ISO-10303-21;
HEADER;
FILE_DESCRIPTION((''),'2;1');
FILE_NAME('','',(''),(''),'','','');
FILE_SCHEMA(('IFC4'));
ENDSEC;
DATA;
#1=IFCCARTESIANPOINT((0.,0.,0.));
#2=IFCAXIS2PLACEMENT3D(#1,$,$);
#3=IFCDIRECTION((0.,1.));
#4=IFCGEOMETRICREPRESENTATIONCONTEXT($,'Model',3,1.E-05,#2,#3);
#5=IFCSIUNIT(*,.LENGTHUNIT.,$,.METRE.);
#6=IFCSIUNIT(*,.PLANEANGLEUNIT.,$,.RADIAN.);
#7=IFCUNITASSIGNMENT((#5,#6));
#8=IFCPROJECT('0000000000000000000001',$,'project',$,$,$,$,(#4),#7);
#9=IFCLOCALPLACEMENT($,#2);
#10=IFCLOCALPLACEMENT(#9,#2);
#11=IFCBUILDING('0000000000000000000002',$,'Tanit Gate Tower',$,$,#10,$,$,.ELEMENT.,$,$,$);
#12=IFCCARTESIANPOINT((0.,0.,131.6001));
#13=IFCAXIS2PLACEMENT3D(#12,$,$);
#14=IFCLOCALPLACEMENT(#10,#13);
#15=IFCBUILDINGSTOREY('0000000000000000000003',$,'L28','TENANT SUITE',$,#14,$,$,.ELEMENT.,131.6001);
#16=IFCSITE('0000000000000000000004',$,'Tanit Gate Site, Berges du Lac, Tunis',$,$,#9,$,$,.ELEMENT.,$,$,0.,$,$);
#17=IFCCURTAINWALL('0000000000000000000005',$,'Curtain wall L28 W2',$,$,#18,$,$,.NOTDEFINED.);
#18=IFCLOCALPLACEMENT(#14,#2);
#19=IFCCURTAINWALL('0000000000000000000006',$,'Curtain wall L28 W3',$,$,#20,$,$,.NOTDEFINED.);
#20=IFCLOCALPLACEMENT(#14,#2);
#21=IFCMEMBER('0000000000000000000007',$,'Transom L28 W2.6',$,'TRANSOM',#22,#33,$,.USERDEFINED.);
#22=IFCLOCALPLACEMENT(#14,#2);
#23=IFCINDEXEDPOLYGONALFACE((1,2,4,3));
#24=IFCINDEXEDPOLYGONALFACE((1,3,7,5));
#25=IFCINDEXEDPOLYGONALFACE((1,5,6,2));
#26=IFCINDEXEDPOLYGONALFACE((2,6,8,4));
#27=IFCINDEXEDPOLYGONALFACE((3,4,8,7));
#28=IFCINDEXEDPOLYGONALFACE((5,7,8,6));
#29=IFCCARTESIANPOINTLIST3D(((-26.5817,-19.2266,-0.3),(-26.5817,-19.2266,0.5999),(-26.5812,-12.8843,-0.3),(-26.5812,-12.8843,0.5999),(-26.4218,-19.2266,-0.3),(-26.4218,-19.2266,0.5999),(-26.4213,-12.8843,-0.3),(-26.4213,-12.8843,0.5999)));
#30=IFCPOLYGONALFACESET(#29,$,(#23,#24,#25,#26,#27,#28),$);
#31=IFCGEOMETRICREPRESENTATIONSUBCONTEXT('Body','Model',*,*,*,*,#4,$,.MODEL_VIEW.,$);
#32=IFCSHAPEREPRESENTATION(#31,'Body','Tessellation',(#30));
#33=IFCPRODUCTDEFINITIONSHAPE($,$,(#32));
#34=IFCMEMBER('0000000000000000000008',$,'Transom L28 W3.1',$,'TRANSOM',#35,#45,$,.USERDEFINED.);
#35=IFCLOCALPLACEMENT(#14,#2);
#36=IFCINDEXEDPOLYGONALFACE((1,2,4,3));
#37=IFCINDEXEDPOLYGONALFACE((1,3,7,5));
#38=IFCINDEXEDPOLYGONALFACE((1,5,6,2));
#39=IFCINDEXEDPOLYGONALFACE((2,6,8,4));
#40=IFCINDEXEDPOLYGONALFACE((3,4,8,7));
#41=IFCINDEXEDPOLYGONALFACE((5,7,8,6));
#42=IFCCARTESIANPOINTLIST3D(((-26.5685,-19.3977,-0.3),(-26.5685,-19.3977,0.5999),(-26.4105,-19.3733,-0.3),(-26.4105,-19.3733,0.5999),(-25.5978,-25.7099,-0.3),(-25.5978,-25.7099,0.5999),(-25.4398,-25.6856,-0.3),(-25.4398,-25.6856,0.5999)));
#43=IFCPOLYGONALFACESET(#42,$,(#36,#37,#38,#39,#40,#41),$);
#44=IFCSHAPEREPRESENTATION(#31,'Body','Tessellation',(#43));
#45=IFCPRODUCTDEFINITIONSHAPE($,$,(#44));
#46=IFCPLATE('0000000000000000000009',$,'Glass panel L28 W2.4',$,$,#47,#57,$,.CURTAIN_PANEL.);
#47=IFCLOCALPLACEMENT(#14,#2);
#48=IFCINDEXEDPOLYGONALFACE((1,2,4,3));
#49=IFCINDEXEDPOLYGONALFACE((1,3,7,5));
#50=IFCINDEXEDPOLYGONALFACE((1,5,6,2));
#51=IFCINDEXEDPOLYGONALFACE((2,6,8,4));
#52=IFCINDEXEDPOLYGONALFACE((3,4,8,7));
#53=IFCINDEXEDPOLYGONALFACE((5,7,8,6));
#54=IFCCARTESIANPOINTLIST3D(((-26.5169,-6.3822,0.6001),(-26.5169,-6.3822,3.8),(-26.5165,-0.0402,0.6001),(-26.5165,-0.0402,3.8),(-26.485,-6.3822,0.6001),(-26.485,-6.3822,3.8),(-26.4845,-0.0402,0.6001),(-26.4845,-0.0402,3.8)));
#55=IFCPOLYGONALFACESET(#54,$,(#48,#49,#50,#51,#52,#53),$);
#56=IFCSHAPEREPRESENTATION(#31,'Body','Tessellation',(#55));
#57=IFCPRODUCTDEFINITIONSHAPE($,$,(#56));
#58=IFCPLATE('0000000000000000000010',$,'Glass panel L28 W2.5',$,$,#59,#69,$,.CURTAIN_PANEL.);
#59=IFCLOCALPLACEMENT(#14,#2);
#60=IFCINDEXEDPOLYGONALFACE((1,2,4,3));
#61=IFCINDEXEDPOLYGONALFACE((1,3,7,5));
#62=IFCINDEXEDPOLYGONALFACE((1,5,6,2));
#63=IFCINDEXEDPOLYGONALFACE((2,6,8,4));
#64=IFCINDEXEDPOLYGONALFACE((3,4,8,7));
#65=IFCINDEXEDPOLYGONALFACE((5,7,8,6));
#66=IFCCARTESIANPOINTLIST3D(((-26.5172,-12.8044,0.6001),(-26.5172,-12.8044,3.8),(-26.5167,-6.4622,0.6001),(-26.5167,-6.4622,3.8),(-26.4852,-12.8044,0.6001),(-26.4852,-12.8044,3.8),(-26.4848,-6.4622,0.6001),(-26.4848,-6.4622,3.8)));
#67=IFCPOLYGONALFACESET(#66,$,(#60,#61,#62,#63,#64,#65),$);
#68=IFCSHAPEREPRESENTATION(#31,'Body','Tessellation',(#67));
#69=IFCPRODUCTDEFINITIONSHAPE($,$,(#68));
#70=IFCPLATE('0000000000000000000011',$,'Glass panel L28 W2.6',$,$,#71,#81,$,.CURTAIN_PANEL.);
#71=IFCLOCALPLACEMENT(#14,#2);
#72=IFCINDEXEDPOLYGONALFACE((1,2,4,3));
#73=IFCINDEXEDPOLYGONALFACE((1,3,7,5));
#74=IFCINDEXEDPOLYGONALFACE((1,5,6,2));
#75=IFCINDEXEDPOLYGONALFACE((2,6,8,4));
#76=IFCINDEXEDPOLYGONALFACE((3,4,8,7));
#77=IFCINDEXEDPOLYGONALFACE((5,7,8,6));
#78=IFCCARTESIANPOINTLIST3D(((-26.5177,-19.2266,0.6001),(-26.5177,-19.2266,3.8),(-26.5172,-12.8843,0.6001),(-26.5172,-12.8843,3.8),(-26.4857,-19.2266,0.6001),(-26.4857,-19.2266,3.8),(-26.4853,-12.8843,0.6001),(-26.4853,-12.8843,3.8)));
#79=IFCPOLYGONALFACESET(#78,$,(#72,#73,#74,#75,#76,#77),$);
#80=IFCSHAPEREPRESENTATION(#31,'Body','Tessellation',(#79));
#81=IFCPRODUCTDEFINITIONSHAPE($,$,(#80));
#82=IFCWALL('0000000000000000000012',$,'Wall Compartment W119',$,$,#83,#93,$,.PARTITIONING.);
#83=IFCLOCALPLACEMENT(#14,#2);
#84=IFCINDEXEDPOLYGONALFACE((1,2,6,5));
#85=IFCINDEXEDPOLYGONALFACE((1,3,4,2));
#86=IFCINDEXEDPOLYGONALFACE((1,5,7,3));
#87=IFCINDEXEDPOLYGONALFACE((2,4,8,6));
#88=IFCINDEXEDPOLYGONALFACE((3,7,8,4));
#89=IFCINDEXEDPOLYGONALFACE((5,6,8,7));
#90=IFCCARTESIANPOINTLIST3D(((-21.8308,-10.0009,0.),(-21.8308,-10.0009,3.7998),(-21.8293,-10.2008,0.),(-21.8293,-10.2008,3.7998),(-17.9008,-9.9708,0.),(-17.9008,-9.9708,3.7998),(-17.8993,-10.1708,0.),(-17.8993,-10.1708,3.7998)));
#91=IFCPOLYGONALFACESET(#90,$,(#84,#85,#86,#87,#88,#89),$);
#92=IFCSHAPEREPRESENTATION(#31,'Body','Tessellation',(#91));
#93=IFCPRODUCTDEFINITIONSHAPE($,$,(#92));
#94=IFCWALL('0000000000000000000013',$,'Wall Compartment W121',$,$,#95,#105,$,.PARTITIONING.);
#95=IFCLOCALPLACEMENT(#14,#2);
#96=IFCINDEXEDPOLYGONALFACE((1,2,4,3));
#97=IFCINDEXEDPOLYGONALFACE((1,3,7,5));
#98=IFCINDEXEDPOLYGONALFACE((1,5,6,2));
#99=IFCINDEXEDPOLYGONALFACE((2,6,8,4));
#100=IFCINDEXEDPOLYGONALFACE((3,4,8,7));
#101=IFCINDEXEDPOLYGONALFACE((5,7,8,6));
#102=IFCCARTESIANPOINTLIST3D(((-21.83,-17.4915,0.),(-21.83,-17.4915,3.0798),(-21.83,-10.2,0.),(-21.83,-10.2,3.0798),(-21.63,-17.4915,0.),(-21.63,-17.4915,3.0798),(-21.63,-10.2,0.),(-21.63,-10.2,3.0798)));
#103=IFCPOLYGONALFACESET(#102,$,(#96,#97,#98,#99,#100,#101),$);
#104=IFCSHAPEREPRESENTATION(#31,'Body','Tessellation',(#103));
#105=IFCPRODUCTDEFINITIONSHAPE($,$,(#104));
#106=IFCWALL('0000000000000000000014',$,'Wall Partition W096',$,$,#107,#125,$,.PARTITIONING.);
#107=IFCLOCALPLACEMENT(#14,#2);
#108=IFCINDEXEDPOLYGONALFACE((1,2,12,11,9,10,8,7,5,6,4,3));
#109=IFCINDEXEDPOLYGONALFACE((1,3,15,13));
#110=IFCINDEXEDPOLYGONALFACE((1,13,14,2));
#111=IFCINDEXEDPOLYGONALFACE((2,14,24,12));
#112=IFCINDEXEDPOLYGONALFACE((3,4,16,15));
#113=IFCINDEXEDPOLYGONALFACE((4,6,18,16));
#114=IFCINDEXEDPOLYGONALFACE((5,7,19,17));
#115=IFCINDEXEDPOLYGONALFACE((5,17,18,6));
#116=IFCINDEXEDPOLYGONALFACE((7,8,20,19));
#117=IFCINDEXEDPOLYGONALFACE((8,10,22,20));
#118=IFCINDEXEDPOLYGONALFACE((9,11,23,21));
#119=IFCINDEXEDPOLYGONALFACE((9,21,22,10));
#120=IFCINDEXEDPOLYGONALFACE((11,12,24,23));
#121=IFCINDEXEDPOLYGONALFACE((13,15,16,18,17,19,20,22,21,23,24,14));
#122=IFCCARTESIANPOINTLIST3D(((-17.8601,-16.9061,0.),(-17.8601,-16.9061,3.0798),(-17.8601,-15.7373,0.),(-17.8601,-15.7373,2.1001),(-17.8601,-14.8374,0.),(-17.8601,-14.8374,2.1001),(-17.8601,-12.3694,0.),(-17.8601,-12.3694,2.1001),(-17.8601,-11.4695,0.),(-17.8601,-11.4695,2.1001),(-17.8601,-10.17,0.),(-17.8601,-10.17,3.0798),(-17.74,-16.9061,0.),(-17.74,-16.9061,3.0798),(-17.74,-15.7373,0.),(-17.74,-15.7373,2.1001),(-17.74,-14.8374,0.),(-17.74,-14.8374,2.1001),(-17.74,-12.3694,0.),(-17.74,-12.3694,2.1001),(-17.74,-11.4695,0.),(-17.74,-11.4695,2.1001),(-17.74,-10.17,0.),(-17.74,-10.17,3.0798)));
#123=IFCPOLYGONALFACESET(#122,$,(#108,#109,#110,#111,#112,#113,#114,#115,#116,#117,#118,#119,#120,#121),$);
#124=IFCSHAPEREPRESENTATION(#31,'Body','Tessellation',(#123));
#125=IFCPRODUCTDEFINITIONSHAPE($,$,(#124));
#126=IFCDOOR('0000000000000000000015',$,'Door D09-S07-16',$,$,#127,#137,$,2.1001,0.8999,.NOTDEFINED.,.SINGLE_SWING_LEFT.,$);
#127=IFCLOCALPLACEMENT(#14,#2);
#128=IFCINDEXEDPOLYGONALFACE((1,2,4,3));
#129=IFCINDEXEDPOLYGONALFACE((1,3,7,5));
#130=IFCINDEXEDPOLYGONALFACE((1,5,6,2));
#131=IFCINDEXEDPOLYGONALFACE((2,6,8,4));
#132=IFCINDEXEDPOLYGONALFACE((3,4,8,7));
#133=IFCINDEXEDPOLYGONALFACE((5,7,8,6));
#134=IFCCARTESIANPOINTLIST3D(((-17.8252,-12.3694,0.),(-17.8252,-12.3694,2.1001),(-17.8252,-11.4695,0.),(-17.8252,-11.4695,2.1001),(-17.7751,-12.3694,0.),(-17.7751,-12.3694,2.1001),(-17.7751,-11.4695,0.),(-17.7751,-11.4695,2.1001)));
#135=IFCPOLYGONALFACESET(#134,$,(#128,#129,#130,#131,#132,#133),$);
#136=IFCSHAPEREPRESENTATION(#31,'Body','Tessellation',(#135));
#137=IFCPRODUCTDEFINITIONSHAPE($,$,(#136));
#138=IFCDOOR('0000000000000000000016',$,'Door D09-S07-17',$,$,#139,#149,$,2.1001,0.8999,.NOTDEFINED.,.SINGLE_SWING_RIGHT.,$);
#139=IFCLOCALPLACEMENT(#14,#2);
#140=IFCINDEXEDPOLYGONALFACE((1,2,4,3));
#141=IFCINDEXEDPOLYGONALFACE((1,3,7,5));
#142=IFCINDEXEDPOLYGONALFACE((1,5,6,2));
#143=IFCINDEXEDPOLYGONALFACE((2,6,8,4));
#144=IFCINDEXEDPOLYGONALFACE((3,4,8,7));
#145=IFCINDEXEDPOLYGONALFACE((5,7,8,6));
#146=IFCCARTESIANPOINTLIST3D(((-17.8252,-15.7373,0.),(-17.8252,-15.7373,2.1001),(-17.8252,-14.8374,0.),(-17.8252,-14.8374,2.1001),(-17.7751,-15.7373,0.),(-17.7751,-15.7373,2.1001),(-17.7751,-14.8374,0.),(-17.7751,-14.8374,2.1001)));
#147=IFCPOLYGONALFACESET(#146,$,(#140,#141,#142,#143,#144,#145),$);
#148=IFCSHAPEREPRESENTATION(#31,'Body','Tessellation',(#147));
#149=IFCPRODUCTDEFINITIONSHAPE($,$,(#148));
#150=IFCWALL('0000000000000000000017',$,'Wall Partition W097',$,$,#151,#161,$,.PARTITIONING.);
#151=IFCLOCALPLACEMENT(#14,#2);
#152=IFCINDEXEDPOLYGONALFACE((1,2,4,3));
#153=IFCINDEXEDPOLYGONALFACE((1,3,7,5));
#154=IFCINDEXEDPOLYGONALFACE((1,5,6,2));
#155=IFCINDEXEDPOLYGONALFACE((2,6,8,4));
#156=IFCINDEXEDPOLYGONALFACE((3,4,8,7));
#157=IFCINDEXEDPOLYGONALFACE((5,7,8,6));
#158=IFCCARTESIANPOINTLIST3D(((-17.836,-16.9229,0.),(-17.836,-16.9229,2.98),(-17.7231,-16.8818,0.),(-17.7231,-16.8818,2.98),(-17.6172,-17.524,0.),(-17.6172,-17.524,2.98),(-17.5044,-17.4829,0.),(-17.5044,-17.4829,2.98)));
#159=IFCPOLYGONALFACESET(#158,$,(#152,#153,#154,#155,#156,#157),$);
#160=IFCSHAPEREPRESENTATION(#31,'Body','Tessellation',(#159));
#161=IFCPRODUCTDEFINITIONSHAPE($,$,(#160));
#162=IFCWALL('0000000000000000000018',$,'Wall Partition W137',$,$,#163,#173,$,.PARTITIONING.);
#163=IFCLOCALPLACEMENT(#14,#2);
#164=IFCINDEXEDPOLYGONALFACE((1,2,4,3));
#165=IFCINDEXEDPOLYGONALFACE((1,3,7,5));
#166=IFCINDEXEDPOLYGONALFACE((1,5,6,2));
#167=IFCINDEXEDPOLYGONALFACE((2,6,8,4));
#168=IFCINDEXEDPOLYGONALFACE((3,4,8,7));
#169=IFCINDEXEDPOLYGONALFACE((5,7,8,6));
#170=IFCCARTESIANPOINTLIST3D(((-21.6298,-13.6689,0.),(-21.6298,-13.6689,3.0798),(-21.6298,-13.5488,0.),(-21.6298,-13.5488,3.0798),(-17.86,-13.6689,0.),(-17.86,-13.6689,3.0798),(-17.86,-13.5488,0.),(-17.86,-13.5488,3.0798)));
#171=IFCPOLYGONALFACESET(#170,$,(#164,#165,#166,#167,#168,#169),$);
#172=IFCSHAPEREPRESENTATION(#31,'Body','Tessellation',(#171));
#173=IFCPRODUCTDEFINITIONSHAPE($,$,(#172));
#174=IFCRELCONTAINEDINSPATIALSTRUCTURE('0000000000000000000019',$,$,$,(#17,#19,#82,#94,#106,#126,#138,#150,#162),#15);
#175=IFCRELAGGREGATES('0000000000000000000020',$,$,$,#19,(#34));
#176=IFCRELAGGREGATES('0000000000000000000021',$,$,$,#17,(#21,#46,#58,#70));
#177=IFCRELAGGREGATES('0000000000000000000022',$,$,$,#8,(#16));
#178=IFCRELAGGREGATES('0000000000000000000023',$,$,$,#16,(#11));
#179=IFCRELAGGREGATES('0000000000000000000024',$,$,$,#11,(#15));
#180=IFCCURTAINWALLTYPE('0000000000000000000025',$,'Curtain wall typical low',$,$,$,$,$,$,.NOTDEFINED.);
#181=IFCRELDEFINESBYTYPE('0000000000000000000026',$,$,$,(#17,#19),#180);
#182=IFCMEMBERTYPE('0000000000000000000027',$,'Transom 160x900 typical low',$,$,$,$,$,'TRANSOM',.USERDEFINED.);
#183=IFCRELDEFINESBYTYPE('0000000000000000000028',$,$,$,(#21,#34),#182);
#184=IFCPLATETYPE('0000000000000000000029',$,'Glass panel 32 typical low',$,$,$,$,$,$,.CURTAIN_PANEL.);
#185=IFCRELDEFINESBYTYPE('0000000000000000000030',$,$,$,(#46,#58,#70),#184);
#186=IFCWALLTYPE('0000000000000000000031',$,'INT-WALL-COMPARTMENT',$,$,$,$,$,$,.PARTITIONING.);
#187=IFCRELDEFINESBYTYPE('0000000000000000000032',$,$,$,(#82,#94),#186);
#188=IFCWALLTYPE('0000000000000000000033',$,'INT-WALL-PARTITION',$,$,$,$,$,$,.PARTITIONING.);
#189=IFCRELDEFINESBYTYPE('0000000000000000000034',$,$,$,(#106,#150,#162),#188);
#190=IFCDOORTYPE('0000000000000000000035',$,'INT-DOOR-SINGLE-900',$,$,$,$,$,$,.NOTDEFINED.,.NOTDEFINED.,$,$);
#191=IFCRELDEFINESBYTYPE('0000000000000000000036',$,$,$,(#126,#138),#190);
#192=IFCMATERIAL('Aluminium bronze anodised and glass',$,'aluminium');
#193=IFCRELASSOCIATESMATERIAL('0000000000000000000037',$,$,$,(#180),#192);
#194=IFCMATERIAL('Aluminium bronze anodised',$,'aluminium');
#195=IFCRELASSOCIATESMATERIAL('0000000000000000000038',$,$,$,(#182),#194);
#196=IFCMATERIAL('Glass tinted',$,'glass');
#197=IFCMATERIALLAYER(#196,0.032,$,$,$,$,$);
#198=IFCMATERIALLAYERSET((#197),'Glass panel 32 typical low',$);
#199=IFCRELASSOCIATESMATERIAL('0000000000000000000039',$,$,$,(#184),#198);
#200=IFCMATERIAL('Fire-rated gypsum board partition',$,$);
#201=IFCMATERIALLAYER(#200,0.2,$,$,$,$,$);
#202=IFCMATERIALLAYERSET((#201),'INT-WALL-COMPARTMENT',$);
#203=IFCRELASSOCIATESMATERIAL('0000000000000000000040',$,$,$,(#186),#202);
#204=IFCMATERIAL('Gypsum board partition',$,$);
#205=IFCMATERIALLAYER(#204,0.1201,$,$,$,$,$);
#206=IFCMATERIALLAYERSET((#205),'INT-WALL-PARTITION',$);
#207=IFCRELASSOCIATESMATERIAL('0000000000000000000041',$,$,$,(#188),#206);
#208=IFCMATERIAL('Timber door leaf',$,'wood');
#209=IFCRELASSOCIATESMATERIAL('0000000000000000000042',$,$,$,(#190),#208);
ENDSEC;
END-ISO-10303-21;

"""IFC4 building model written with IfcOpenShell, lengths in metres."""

from ifc_helpers import new_model, si_unit, direction, frame, frame_2d, origin, origin_2d, place, context, subcontext, project, spatial, rectangle, extrude, material, layer, layer_set, material_profile, profile_set, type_object, element, fill, aggregate, save


model = new_model("IFC4")

# Units and contexts
model_context = context("Model", 3, precision=1e-05, world=origin(), true_north=direction((0.0, 1.0)))
body_context = subcontext(model_context, "Body", "Model", "MODEL_VIEW")
ifc_project = project(units=[si_unit("LENGTHUNIT", "METRE"), si_unit("PLANEANGLEUNIT", "RADIAN")], contexts=[model_context])

# Site, building, storey
site_placement = place(None, origin())
site = spatial("IfcSite", under=ifc_project, at=site_placement, Name="Tanit Gate Site, Berges du Lac, Tunis", CompositionType="ELEMENT", RefElevation=0.0)
building_placement = place(site_placement, origin())
building = spatial("IfcBuilding", under=site, at=building_placement, Name="Tanit Gate Tower", CompositionType="ELEMENT")
storey_placement = place(building_placement, frame((0.0, 0.0, 131.6001)))
storey = spatial("IfcBuildingStorey", under=building, at=storey_placement, Name="L28", Description="TENANT SUITE", CompositionType="ELEMENT", Elevation=131.6001)

# Curtain wall
ifc_material_1 = material(Name="Aluminium bronze anodised and glass", Category="aluminium")
curtain_wall_type = type_object("IfcCurtainWallType", Name="Curtain wall typical low", PredefinedType="NOTDEFINED", material=ifc_material_1)
curtain_wall_1_placement = place(storey_placement, origin())
curtain_wall_1 = element("IfcCurtainWall", 1, at=curtain_wall_1_placement, inside=storey, type_object=curtain_wall_type, Name="Curtain wall L28 W2", PredefinedType="NOTDEFINED")

# Curtain wall
curtain_wall_2_placement = place(storey_placement, origin())
curtain_wall_2 = element("IfcCurtainWall", 2, at=curtain_wall_2_placement, inside=storey, type_object=curtain_wall_type, Name="Curtain wall L28 W3", PredefinedType="NOTDEFINED")

# Members
ifc_material_2 = material(Name="Aluminium bronze anodised", Category="aluminium")
ifc_material_profile_1 = material_profile(ifc_material_2, rectangle(XDim=0.1599, YDim=0.8999, at=origin_2d()), Name="160x900 bronze transom")
ifc_profile_set_1 = profile_set([ifc_material_profile_1], Name="Aluminium bronze anodised")
member_type_1 = type_object("IfcMemberType", Name="Transom 160x900 typical low", ElementType="TRANSOM", PredefinedType="USERDEFINED", material=ifc_profile_set_1)
member_1_placement = place(storey_placement, frame((-26.5012, -12.8843, 0.1499), z_axis=(-0.000077, -1.0, 0.0), x_axis=(1.0, -0.000077, 0.0)))
member_1 = element("IfcMember", 3, at=member_1_placement, type_object=member_type_1, Name="Transom L28 W2.6", ObjectType="TRANSOM", PredefinedType="USERDEFINED", context=body_context, shape_type="SweptSolid", body=[
    extrude(rectangle(XDim=0.1599, YDim=0.8999, at=origin_2d()), origin(), (0.0, 0.0, 1.0), 6.3423),
])
member_2_placement = place(storey_placement, frame((-26.4895, -19.3855, 0.1499), z_axis=(0.151994, -0.988381, 0.0), x_axis=(0.988381, 0.151994, 0.0)))
member_2 = element("IfcMember", 4, at=member_2_placement, type_object=member_type_1, Name="Transom L28 W3.1", ObjectType="TRANSOM", PredefinedType="USERDEFINED", context=body_context, shape_type="SweptSolid", body=[
    extrude(rectangle(XDim=0.1599, YDim=0.8999, at=origin_2d()), origin(), (0.0, 0.0, 1.0), 6.3865),
])
aggregate(curtain_wall_2, [member_2])

# Plates
ifc_material_3 = material(Name="Glass tinted", Category="glass")
ifc_layer_1 = layer(ifc_material_3, 0.032)
ifc_layer_set_1 = layer_set([ifc_layer_1], Name="Glass panel 32 typical low")
plate_type = type_object("IfcPlateType", Name="Glass panel 32 typical low", PredefinedType="CURTAIN_PANEL", material=ifc_layer_set_1)
plate_1_placement = place(storey_placement, frame((-26.5007, -3.2112, 0.6001), z_axis=(0.0, 0.0, 1.0), x_axis=(-0.000069, -1.0, 0.0)))
plate_1 = element("IfcPlate", 5, at=plate_1_placement, type_object=plate_type, Name="Glass panel L28 W2.4", PredefinedType="CURTAIN_PANEL", context=body_context, shape_type="SweptSolid", body=[
    extrude(rectangle(XDim=6.342, YDim=0.032, at=origin_2d()), origin(), (0.0, 0.0, 1.0), 3.2),
])
plate_2_placement = place(storey_placement, frame((-26.501, -9.6333, 0.6001), z_axis=(0.0, 0.0, 1.0), x_axis=(-0.000069, -1.0, 0.0)))
plate_2 = element("IfcPlate", 6, at=plate_2_placement, type_object=plate_type, Name="Glass panel L28 W2.5", PredefinedType="CURTAIN_PANEL", context=body_context, shape_type="SweptSolid", body=[
    extrude(rectangle(XDim=6.3423, YDim=0.032, at=origin_2d()), origin(), (0.0, 0.0, 1.0), 3.2),
])
plate_3_placement = place(storey_placement, frame((-26.5015, -16.0554, 0.6001), z_axis=(0.0, 0.0, 1.0), x_axis=(-0.000069, -1.0, 0.0)))
plate_3 = element("IfcPlate", 7, at=plate_3_placement, type_object=plate_type, Name="Glass panel L28 W2.6", PredefinedType="CURTAIN_PANEL", context=body_context, shape_type="SweptSolid", body=[
    extrude(rectangle(XDim=6.3423, YDim=0.032, at=origin_2d()), origin(), (0.0, 0.0, 1.0), 3.2),
])
aggregate(curtain_wall_1, [member_1, plate_1, plate_2, plate_3])

# Walls
ifc_material_4 = material(Name="Fire-rated gypsum board partition")
ifc_layer_2 = layer(ifc_material_4, 0.2)
ifc_layer_set_2 = layer_set([ifc_layer_2], Name="INT-WALL-COMPARTMENT")
wall_type_1 = type_object("IfcWallType", Name="INT-WALL-COMPARTMENT", PredefinedType="PARTITIONING", material=ifc_layer_set_2)
wall_1_placement = place(storey_placement, frame((-21.8301, -10.1008, 0.0), z_axis=(0.0, 0.0, 1.0), x_axis=(0.999971, 0.00764, 0.0)))
element("IfcWall", 8, at=wall_1_placement, inside=storey, type_object=wall_type_1, Name="Wall Compartment W119", PredefinedType="PARTITIONING", context=body_context, shape_type="SweptSolid", body=[
    extrude(rectangle(XDim=3.9302, YDim=0.2, at=frame_2d((1.9651, 0.0))), origin(), (0.0, 0.0, 1.0), 3.7998),
])
wall_2_placement = place(storey_placement, frame((-21.73, -17.4915, 0.0), z_axis=(0.0, 0.0, 1.0), x_axis=(0.0, 1.0, 0.0)))
element("IfcWall", 9, at=wall_2_placement, inside=storey, type_object=wall_type_1, Name="Wall Compartment W121", PredefinedType="PARTITIONING", context=body_context, shape_type="SweptSolid", body=[
    extrude(rectangle(XDim=7.2915, YDim=0.2, at=frame_2d((3.6458, 0.0))), origin(), (0.0, 0.0, 1.0), 3.0798),
])

# Wall, openings, doors
ifc_material_5 = material(Name="Gypsum board partition")
ifc_layer_3 = layer(ifc_material_5, 0.1201)
ifc_layer_set_3 = layer_set([ifc_layer_3], Name="INT-WALL-PARTITION")
wall_type_2 = type_object("IfcWallType", Name="INT-WALL-PARTITION", PredefinedType="PARTITIONING", material=ifc_layer_set_3)
wall_3_placement = place(storey_placement, frame((-17.8, -10.1699, 0.0), z_axis=(0.0, 0.0, 1.0), x_axis=(0.0, -1.0, 0.0)))
wall_3 = element("IfcWall", 10, at=wall_3_placement, inside=storey, type_object=wall_type_2, Name="Wall Partition W096", PredefinedType="PARTITIONING", context=body_context, shape_type="SweptSolid", body=[
    extrude(rectangle(XDim=6.7361, YDim=0.1201, at=frame_2d((3.3682, 0.0))), origin(), (0.0, 0.0, 1.0), 3.0798),
])
opening_1_placement = place(wall_3_placement, frame((1.2996, 0.0, 0.0)))
opening_1 = element("IfcOpeningElement", 11, at=opening_1_placement, cuts=wall_3, PredefinedType="OPENING", context=body_context, shape_type="SweptSolid", body=[
    extrude(rectangle(XDim=0.8999, YDim=2.1001, at=frame_2d((0.45, 1.05))), frame((0.0, 0.0701, 0.0), z_axis=(0.0, -1.0, 0.0), x_axis=(1.0, 0.0, 0.0)), (0.0, 0.0, 1.0), 0.1401),
])
opening_2_placement = place(wall_3_placement, frame((4.6675, 0.0, 0.0)))
opening_2 = element("IfcOpeningElement", 12, at=opening_2_placement, cuts=wall_3, PredefinedType="OPENING", context=body_context, shape_type="SweptSolid", body=[
    extrude(rectangle(XDim=0.8999, YDim=2.1001, at=frame_2d((0.45, 1.05))), frame((0.0, 0.0701, 0.0), z_axis=(0.0, -1.0, 0.0), x_axis=(1.0, 0.0, 0.0)), (0.0, 0.0, 1.0), 0.1401),
])
ifc_material_6 = material(Name="Timber door leaf", Category="wood")
door_type = type_object("IfcDoorType", Name="INT-DOOR-SINGLE-900", OperationType="NOTDEFINED", PredefinedType="NOTDEFINED", material=ifc_material_6)
door_1_placement = place(opening_1_placement, origin())
door_1 = element("IfcDoor", 13, at=door_1_placement, inside=storey, type_object=door_type, Name="Door D09-S07-16", OperationType="SINGLE_SWING_LEFT", OverallHeight=2.1001, OverallWidth=0.8999, PredefinedType="NOTDEFINED", context=body_context, shape_type="SweptSolid", body=[
    extrude(rectangle(XDim=0.8999, YDim=2.1001, at=frame_2d((0.45, 1.05))), frame((0.0, 0.0249, 0.0), z_axis=(0.0, -1.0, 0.0), x_axis=(1.0, 0.0, 0.0)), (0.0, 0.0, 1.0), 0.05),
])
fill(opening_1, door_1)
door_2_placement = place(opening_2_placement, origin())
door_2 = element("IfcDoor", 14, at=door_2_placement, inside=storey, type_object=door_type, Name="Door D09-S07-17", OperationType="SINGLE_SWING_RIGHT", OverallHeight=2.1001, OverallWidth=0.8999, PredefinedType="NOTDEFINED", context=body_context, shape_type="SweptSolid", body=[
    extrude(rectangle(XDim=0.8999, YDim=2.1001, at=frame_2d((0.45, 1.05))), frame((0.0, 0.0249, 0.0), z_axis=(0.0, -1.0, 0.0), x_axis=(1.0, 0.0, 0.0)), (0.0, 0.0, 1.0), 0.05),
])
fill(opening_2, door_2)

# Walls
wall_4_placement = place(storey_placement, frame((-17.7795, -16.9023, 0.0), z_axis=(0.0, 0.0, 1.0), x_axis=(0.341988, -0.939704, 0.0)))
element("IfcWall", 15, at=wall_4_placement, inside=storey, type_object=wall_type_2, Name="Wall Partition W097", PredefinedType="PARTITIONING", context=body_context, shape_type="SweptSolid", body=[
    extrude(rectangle(XDim=0.6396, YDim=0.1201, at=frame_2d((0.3198, 0.0))), origin(), (0.0, 0.0, 1.0), 2.98),
])
wall_5_placement = place(storey_placement, frame((-17.8601, -13.6089, 0.0), z_axis=(0.0, 0.0, 1.0), x_axis=(-1.0, 0.0, 0.0)))
element("IfcWall", 16, at=wall_5_placement, inside=storey, type_object=wall_type_2, Name="Wall Partition W137", PredefinedType="PARTITIONING", context=body_context, shape_type="SweptSolid", body=[
    extrude(rectangle(XDim=3.7698, YDim=0.1201, at=frame_2d((1.8848, 0.0))), origin(), (0.0, 0.0, 1.0), 3.0798),
])

save(model, "model.ifc")
